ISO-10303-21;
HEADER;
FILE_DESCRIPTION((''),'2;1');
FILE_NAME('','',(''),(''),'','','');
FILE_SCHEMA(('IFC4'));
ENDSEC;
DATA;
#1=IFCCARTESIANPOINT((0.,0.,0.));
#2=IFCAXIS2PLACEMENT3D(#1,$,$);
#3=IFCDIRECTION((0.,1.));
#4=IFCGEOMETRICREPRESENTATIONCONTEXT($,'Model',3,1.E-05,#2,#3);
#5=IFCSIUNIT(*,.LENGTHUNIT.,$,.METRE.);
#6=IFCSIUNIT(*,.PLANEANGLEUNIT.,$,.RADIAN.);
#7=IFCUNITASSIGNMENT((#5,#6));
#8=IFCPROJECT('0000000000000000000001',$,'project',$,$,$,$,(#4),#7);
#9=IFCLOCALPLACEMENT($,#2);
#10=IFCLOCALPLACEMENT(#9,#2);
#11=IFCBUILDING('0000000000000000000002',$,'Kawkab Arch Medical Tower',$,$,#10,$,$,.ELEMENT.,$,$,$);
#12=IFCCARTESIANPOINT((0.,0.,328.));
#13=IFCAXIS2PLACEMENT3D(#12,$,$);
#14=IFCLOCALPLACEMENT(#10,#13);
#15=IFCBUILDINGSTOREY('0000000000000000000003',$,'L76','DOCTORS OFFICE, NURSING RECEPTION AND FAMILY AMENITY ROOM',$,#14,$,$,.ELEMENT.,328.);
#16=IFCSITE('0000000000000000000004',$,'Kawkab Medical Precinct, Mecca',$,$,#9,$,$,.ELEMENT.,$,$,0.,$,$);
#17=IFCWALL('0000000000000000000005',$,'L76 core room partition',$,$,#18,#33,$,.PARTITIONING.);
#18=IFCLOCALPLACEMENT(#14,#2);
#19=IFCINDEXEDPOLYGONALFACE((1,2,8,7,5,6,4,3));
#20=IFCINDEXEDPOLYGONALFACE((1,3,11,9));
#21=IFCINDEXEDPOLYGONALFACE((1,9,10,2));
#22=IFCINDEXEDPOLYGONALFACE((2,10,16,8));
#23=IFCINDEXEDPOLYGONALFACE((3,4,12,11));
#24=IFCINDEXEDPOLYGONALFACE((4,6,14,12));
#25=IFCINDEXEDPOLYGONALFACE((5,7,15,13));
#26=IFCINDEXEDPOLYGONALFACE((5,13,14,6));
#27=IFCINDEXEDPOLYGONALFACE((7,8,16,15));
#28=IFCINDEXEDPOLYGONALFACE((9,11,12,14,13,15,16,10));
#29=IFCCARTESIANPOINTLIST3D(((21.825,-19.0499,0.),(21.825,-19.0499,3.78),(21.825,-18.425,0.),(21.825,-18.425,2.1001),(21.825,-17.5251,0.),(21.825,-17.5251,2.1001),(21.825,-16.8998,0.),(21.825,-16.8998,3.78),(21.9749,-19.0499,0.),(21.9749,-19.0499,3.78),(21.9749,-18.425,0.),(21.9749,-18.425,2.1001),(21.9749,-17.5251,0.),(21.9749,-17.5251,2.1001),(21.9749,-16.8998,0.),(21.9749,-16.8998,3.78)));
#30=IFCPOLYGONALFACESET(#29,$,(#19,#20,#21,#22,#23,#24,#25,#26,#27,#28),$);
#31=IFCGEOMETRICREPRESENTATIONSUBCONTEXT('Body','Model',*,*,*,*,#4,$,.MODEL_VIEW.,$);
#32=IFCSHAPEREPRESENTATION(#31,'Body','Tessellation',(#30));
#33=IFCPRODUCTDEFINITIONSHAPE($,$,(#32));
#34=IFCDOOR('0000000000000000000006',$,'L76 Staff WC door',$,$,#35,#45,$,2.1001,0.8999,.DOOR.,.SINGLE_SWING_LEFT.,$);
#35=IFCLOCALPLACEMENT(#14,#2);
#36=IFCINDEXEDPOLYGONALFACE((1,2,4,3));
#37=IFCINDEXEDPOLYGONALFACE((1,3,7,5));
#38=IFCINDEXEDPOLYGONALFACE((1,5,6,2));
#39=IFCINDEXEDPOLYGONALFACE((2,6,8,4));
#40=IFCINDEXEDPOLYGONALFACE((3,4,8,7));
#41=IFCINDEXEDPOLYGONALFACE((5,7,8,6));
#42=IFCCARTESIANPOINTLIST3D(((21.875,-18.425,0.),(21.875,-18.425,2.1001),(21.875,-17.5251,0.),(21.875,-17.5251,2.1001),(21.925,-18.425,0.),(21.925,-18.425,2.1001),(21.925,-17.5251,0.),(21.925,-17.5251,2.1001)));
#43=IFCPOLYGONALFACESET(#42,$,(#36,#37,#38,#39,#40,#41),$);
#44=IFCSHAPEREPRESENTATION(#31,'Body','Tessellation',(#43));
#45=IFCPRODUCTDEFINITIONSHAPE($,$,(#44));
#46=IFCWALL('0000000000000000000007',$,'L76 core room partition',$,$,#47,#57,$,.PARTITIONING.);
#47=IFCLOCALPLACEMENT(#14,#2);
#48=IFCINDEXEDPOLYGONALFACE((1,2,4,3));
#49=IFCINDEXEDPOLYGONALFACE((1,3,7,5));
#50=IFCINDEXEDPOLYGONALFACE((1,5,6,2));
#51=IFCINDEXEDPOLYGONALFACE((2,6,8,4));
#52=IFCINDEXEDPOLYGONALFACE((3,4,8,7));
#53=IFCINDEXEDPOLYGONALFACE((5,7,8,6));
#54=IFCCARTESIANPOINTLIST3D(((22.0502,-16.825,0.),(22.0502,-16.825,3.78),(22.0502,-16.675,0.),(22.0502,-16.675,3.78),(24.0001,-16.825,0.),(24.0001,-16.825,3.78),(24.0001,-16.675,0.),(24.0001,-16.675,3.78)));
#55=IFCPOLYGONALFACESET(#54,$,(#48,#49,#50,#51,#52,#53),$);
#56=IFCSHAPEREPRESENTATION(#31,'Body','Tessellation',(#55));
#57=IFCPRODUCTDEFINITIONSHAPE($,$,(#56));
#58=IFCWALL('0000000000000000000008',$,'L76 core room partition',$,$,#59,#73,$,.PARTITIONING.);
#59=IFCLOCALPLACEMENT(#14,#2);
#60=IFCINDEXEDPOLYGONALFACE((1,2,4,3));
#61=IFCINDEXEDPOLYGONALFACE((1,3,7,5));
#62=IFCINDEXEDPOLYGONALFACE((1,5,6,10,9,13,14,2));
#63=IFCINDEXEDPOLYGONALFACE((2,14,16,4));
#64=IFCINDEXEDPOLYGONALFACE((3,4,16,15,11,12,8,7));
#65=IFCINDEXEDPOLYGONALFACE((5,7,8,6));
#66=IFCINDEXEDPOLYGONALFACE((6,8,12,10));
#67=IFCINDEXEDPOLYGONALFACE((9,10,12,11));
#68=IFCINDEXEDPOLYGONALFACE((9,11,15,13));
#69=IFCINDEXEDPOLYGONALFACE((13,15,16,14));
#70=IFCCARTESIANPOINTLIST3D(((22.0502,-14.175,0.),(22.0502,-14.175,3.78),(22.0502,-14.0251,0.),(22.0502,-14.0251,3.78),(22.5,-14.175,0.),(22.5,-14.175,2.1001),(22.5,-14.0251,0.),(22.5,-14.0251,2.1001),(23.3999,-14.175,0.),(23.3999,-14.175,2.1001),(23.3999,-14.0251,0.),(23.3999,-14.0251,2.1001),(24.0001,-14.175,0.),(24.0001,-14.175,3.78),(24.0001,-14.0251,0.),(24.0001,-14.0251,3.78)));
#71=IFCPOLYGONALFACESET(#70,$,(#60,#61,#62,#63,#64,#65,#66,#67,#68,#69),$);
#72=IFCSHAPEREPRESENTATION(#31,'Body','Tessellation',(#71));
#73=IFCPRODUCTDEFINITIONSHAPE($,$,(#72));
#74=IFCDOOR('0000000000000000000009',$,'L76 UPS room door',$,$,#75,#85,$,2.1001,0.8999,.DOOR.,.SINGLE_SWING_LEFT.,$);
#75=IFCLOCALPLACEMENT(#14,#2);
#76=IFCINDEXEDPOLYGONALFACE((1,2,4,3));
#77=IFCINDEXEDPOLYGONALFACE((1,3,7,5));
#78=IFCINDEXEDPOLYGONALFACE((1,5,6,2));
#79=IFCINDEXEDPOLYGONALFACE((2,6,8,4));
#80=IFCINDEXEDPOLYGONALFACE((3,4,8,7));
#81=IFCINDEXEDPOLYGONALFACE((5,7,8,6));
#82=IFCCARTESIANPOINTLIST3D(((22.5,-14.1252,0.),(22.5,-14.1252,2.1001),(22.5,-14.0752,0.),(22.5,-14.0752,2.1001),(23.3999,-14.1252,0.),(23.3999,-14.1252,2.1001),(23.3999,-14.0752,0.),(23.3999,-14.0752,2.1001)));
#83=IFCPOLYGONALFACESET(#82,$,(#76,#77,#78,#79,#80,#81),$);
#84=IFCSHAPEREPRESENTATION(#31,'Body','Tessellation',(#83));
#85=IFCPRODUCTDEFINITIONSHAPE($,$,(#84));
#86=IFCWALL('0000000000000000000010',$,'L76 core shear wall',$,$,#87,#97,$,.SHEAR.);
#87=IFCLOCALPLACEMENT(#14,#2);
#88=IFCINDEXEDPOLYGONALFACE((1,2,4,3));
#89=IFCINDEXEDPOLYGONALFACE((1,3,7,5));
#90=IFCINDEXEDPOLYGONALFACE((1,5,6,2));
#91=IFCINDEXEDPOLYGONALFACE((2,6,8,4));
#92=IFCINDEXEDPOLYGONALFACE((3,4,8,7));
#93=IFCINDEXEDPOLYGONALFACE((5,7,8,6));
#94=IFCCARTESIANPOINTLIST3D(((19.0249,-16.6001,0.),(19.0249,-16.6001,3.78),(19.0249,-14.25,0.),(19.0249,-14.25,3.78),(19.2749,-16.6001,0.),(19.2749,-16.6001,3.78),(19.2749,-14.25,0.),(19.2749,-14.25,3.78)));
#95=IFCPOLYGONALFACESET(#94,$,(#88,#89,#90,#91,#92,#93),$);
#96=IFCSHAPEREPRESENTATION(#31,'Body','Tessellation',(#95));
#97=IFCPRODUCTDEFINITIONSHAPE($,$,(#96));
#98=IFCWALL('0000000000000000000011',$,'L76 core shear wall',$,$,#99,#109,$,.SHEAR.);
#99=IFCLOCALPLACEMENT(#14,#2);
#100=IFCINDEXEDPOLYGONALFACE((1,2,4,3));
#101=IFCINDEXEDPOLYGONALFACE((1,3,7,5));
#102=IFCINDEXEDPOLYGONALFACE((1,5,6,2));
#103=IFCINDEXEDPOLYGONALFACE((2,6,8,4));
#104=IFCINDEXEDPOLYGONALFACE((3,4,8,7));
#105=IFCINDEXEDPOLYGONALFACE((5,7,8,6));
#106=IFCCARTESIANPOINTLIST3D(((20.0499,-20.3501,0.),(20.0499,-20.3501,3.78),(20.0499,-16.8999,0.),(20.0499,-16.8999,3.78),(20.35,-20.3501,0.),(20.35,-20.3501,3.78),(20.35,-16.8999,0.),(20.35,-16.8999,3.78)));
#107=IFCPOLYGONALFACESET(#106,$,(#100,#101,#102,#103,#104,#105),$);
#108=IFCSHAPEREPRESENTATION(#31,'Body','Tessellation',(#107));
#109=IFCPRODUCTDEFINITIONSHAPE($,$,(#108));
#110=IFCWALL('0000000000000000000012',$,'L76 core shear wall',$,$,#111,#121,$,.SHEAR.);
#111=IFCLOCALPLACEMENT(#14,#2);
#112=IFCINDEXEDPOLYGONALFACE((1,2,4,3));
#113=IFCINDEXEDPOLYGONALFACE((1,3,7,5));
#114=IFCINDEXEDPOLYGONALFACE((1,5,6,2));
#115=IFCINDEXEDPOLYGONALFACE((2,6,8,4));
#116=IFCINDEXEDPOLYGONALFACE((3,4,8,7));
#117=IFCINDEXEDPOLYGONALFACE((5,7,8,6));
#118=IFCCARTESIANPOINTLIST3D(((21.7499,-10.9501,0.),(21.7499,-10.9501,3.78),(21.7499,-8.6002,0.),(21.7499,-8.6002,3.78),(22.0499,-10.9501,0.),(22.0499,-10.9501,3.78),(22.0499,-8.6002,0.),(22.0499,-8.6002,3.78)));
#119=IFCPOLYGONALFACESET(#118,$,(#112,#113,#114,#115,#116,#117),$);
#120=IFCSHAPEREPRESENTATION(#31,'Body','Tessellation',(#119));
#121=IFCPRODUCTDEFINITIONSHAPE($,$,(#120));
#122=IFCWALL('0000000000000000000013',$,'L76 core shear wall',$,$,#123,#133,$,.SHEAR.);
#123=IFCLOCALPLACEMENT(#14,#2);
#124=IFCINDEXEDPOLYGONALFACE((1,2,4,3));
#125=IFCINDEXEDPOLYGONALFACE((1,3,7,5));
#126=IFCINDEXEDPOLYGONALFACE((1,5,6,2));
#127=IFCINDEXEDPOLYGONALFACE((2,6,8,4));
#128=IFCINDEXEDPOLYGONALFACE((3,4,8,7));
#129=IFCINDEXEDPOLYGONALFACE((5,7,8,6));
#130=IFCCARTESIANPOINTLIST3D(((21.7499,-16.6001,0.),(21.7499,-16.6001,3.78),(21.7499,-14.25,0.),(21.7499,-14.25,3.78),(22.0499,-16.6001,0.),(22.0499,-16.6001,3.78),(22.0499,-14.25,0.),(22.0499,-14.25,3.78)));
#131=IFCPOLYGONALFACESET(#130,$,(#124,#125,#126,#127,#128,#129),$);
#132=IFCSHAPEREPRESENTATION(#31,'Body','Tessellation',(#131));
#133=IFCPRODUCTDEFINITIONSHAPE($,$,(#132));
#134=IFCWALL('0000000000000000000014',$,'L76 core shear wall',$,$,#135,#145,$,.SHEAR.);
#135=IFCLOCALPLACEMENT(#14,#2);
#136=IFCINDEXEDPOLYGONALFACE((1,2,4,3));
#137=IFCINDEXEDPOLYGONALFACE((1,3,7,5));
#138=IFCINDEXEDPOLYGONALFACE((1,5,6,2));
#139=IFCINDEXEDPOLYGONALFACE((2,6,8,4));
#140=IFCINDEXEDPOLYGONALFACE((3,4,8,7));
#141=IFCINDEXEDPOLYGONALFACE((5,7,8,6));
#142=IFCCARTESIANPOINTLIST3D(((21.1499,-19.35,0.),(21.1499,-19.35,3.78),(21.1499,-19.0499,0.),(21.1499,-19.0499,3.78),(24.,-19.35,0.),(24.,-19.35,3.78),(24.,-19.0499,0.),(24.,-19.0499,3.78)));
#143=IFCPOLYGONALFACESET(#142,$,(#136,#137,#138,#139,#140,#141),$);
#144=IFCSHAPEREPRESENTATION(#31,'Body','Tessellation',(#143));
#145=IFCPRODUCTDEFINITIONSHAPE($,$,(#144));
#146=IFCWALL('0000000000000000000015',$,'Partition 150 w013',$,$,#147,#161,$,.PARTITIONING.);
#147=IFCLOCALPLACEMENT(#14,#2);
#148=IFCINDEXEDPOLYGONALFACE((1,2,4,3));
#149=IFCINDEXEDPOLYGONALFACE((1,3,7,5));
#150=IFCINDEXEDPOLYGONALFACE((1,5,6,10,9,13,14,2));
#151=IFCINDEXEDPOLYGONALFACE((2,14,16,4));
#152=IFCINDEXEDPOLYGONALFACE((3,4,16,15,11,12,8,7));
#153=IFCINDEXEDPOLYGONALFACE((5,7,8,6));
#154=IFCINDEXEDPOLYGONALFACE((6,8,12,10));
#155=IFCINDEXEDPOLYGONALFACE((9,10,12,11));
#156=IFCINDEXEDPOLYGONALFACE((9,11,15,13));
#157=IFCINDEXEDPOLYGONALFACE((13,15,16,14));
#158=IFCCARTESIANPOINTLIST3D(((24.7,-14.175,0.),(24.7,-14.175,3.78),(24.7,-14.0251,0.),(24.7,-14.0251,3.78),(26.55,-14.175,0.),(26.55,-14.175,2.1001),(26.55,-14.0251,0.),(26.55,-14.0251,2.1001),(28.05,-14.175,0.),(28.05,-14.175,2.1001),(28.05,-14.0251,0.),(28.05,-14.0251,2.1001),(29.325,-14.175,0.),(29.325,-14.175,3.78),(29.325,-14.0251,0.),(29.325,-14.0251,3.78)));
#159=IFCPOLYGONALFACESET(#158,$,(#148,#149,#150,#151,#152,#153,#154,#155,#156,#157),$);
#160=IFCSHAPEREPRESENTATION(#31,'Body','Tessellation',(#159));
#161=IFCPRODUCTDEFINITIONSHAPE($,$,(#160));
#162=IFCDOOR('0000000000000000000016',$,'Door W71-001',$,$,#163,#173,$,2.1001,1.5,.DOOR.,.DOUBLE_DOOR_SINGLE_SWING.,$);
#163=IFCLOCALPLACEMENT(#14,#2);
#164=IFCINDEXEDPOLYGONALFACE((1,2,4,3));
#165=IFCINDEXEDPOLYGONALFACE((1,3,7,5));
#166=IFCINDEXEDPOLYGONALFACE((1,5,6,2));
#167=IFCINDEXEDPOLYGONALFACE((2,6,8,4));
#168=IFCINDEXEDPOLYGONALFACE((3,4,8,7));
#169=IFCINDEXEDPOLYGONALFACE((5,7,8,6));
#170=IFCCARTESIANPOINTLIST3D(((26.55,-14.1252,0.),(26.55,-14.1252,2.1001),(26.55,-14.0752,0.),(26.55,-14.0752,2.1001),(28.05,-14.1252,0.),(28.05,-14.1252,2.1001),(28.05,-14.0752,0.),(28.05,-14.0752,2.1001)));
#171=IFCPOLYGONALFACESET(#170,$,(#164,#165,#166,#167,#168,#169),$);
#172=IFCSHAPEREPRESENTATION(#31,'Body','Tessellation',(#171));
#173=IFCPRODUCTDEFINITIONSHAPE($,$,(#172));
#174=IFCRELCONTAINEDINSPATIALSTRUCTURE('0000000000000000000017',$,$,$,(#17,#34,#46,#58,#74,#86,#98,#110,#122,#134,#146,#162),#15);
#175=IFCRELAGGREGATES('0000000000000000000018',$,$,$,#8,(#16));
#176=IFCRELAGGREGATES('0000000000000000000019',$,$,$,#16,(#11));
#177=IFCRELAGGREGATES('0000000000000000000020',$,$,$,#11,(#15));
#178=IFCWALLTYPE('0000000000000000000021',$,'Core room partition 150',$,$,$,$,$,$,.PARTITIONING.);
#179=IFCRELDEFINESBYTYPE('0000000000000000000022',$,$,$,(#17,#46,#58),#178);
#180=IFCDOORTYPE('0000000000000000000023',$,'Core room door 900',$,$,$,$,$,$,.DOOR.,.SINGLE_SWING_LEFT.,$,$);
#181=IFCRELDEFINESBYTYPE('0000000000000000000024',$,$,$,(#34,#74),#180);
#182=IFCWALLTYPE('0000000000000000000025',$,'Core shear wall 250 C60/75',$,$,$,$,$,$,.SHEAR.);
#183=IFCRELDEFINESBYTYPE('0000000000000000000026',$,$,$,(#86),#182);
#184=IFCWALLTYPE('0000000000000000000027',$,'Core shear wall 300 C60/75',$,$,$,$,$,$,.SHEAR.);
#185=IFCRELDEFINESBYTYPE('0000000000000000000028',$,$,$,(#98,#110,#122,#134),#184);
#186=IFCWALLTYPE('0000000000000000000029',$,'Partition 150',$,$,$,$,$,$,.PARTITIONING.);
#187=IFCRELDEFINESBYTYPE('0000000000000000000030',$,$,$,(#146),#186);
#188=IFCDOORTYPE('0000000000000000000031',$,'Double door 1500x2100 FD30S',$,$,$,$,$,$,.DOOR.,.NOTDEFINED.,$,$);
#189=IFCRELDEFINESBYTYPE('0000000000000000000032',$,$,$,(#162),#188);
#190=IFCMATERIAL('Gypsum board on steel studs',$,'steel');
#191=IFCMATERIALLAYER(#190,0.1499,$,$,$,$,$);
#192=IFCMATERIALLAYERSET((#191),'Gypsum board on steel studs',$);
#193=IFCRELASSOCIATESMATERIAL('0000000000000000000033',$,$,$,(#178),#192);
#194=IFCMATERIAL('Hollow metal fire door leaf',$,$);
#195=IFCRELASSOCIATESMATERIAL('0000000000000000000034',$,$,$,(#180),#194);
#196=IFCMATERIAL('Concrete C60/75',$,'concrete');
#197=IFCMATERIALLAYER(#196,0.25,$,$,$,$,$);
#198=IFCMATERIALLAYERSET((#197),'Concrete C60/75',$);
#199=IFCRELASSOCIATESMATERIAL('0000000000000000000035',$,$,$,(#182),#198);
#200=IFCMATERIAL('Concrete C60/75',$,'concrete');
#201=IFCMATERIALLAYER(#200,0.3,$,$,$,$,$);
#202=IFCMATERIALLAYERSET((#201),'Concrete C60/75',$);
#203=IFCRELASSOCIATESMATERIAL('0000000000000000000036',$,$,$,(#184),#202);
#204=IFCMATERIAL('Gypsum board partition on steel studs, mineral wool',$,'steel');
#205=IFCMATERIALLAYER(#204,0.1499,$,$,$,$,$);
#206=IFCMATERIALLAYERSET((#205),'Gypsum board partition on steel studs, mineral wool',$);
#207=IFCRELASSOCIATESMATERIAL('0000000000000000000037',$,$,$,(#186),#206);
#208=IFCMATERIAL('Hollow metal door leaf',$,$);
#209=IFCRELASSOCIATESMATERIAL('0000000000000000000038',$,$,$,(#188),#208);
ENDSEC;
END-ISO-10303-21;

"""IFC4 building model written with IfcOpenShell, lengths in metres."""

from ifc_helpers import new_model, si_unit, direction, frame, frame_2d, origin, place, context, subcontext, project, spatial, rectangle, extrude, material, layer, layer_set, type_object, element, fill, save


model = new_model("IFC4")

# Units and contexts
model_context = context("Model", 3, precision=1e-05, world=origin(), true_north=direction((0.0, 1.0)))
body_context = subcontext(model_context, "Body", "Model", "MODEL_VIEW")
ifc_project = project(units=[si_unit("LENGTHUNIT", "METRE"), si_unit("PLANEANGLEUNIT", "RADIAN")], contexts=[model_context])

# Site, building, storey
site_placement = place(None, origin())
site = spatial("IfcSite", under=ifc_project, at=site_placement, Name="Kawkab Medical Precinct, Mecca", CompositionType="ELEMENT", RefElevation=0.0)
building_placement = place(site_placement, origin())
building = spatial("IfcBuilding", under=site, at=building_placement, Name="Kawkab Arch Medical Tower", CompositionType="ELEMENT")
storey_placement = place(building_placement, frame((0.0, 0.0, 328.0)))
storey = spatial("IfcBuildingStorey", under=building, at=storey_placement, Name="L76", Description="DOCTORS OFFICE, NURSING RECEPTION AND FAMILY AMENITY ROOM", CompositionType="ELEMENT", Elevation=328.0)

# Wall, opening, door
ifc_material_1 = material(Name="Gypsum board on steel studs", Category="steel")
ifc_layer_1 = layer(ifc_material_1, 0.1499)
ifc_layer_set_1 = layer_set([ifc_layer_1], Name="Gypsum board on steel studs")
wall_type_1 = type_object("IfcWallType", Name="Core room partition 150", PredefinedType="PARTITIONING", material=ifc_layer_set_1)
wall_1_placement = place(storey_placement, frame((21.8999, -19.05, 0.0), z_axis=(0.0, 0.0, 1.0), x_axis=(0.0, 1.0, 0.0)))
wall_1 = element("IfcWall", 1, at=wall_1_placement, inside=storey, type_object=wall_type_1, Name="L76 core room partition", PredefinedType="PARTITIONING", context=body_context, shape_type="SweptSolid", body=[
    extrude(rectangle(XDim=2.1501, YDim=0.1499, at=frame_2d((1.0752, 0.0))), origin(), (0.0, 0.0, 1.0), 3.78),
])
opening_1_placement = place(wall_1_placement, frame((0.625, 0.0, 0.0)))
opening_1 = element("IfcOpeningElement", 2, at=opening_1_placement, cuts=wall_1, PredefinedType="OPENING", context=body_context, shape_type="SweptSolid", body=[
    extrude(rectangle(XDim=0.8999, YDim=2.1001, at=frame_2d((0.45, 1.05))), frame((0.0, 0.085, 0.0), z_axis=(0.0, -1.0, 0.0), x_axis=(1.0, 0.0, 0.0)), (0.0, 0.0, 1.0), 0.1699),
])
ifc_material_2 = material(Name="Hollow metal fire door leaf")
door_type_1 = type_object("IfcDoorType", Name="Core room door 900", OperationType="SINGLE_SWING_LEFT", PredefinedType="DOOR", material=ifc_material_2)
door_1_placement = place(opening_1_placement, origin())
door_1 = element("IfcDoor", 3, at=door_1_placement, inside=storey, type_object=door_type_1, Name="L76 Staff WC door", OperationType="SINGLE_SWING_LEFT", OverallHeight=2.1001, OverallWidth=0.8999, PredefinedType="DOOR", context=body_context, shape_type="SweptSolid", body=[
    extrude(rectangle(XDim=0.8999, YDim=2.1001, at=frame_2d((0.45, 1.05))), frame((0.0, 0.0249, 0.0), z_axis=(0.0, -1.0, 0.0), x_axis=(1.0, 0.0, 0.0)), (0.0, 0.0, 1.0), 0.05),
])
fill(opening_1, door_1)

# Wall
wall_2_placement = place(storey_placement, frame((22.05, -16.75, 0.0), z_axis=(0.0, 0.0, 1.0), x_axis=(1.0, 0.0, 0.0)))
element("IfcWall", 4, at=wall_2_placement, inside=storey, type_object=wall_type_1, Name="L76 core room partition", PredefinedType="PARTITIONING", context=body_context, shape_type="SweptSolid", body=[
    extrude(rectangle(XDim=1.95, YDim=0.1499, at=frame_2d((0.9751, 0.0))), origin(), (0.0, 0.0, 1.0), 3.78),
])

# Wall, opening, door
wall_3_placement = place(storey_placement, frame((22.05, -14.1001, 0.0), z_axis=(0.0, 0.0, 1.0), x_axis=(1.0, 0.0, 0.0)))
wall_3 = element("IfcWall", 5, at=wall_3_placement, inside=storey, type_object=wall_type_1, Name="L76 core room partition", PredefinedType="PARTITIONING", context=body_context, shape_type="SweptSolid", body=[
    extrude(rectangle(XDim=1.95, YDim=0.1499, at=frame_2d((0.9751, 0.0))), origin(), (0.0, 0.0, 1.0), 3.78),
])
opening_2_placement = place(wall_3_placement, frame((0.45, 0.0, 0.0)))
opening_2 = element("IfcOpeningElement", 6, at=opening_2_placement, cuts=wall_3, PredefinedType="OPENING", context=body_context, shape_type="SweptSolid", body=[
    extrude(rectangle(XDim=0.8999, YDim=2.1001, at=frame_2d((0.45, 1.05))), frame((0.0, 0.085, 0.0), z_axis=(0.0, -1.0, 0.0), x_axis=(1.0, 0.0, 0.0)), (0.0, 0.0, 1.0), 0.1699),
])
door_2_placement = place(opening_2_placement, origin())
door_2 = element("IfcDoor", 7, at=door_2_placement, inside=storey, type_object=door_type_1, Name="L76 UPS room door", OperationType="SINGLE_SWING_LEFT", OverallHeight=2.1001, OverallWidth=0.8999, PredefinedType="DOOR", context=body_context, shape_type="SweptSolid", body=[
    extrude(rectangle(XDim=0.8999, YDim=2.1001, at=frame_2d((0.45, 1.05))), frame((0.0, 0.0249, 0.0), z_axis=(0.0, -1.0, 0.0), x_axis=(1.0, 0.0, 0.0)), (0.0, 0.0, 1.0), 0.05),
])
fill(opening_2, door_2)

# Walls
ifc_material_3 = material(Name="Concrete C60/75", Category="concrete")
ifc_layer_2 = layer(ifc_material_3, 0.25)
ifc_layer_set_2 = layer_set([ifc_layer_2], Name="Concrete C60/75")
wall_type_2 = type_object("IfcWallType", Name="Core shear wall 250 C60/75", PredefinedType="SHEAR", material=ifc_layer_set_2)
wall_4_placement = place(storey_placement, frame((19.1499, -16.6001, 0.0), z_axis=(0.0, 0.0, 1.0), x_axis=(0.0, 1.0, 0.0)))
element("IfcWall", 8, at=wall_4_placement, inside=storey, type_object=wall_type_2, Name="L76 core shear wall", PredefinedType="SHEAR", context=body_context, shape_type="SweptSolid", body=[
    extrude(rectangle(XDim=2.3501, YDim=0.25, at=frame_2d((1.175, 0.0))), origin(), (0.0, 0.0, 1.0), 3.78),
])
ifc_material_4 = material(Name="Concrete C60/75", Category="concrete")
ifc_layer_3 = layer(ifc_material_4, 0.3)
ifc_layer_set_3 = layer_set([ifc_layer_3], Name="Concrete C60/75")
wall_type_3 = type_object("IfcWallType", Name="Core shear wall 300 C60/75", PredefinedType="SHEAR", material=ifc_layer_set_3)
wall_5_placement = place(storey_placement, frame((20.2, -20.3501, 0.0), z_axis=(0.0, 0.0, 1.0), x_axis=(0.0, 1.0, 0.0)))
element("IfcWall", 9, at=wall_5_placement, inside=storey, type_object=wall_type_3, Name="L76 core shear wall", PredefinedType="SHEAR", context=body_context, shape_type="SweptSolid", body=[
    extrude(rectangle(XDim=3.4502, YDim=0.3, at=frame_2d((1.7251, 0.0))), origin(), (0.0, 0.0, 1.0), 3.78),
])
wall_6_placement = place(storey_placement, frame((21.8999, -10.95, 0.0), z_axis=(0.0, 0.0, 1.0), x_axis=(0.0, 1.0, 0.0)))
element("IfcWall", 10, at=wall_6_placement, inside=storey, type_object=wall_type_3, Name="L76 core shear wall", PredefinedType="SHEAR", context=body_context, shape_type="SweptSolid", body=[
    extrude(rectangle(XDim=2.3499, YDim=0.3, at=frame_2d((1.1748, 0.0))), origin(), (0.0, 0.0, 1.0), 3.78),
])
wall_7_placement = place(storey_placement, frame((21.8999, -16.6001, 0.0), z_axis=(0.0, 0.0, 1.0), x_axis=(0.0, 1.0, 0.0)))
element("IfcWall", 11, at=wall_7_placement, inside=storey, type_object=wall_type_3, Name="L76 core shear wall", PredefinedType="SHEAR", context=body_context, shape_type="SweptSolid", body=[
    extrude(rectangle(XDim=2.3501, YDim=0.3, at=frame_2d((1.175, 0.0))), origin(), (0.0, 0.0, 1.0), 3.78),
])
wall_8_placement = place(storey_placement, frame((21.1499, -19.2, 0.0), z_axis=(0.0, 0.0, 1.0), x_axis=(1.0, 0.0, 0.0)))
element("IfcWall", 12, at=wall_8_placement, inside=storey, type_object=wall_type_3, Name="L76 core shear wall", PredefinedType="SHEAR", context=body_context, shape_type="SweptSolid", body=[
    extrude(rectangle(XDim=2.8501, YDim=0.3, at=frame_2d((1.425, 0.0))), origin(), (0.0, 0.0, 1.0), 3.78),
])

# Wall, opening, door
ifc_material_5 = material(Name="Gypsum board partition on steel studs, mineral wool", Category="steel")
ifc_layer_4 = layer(ifc_material_5, 0.1499)
ifc_layer_set_4 = layer_set([ifc_layer_4], Name="Gypsum board partition on steel studs, mineral wool")
wall_type_4 = type_object("IfcWallType", Name="Partition 150", PredefinedType="PARTITIONING", material=ifc_layer_set_4)
wall_9_placement = place(storey_placement, frame((24.7, -14.1001, 0.0), z_axis=(0.0, 0.0, 1.0), x_axis=(1.0, 0.0, 0.0)))
wall_9 = element("IfcWall", 13, at=wall_9_placement, inside=storey, type_object=wall_type_4, Name="Partition 150 w013", PredefinedType="PARTITIONING", context=body_context, shape_type="SweptSolid", body=[
    extrude(rectangle(XDim=4.625, YDim=0.1499, at=frame_2d((2.3125, 0.0))), origin(), (0.0, 0.0, 1.0), 3.78),
])
opening_3_placement = place(wall_9_placement, frame((1.8501, 0.0, 0.0)))
opening_3 = element("IfcOpeningElement", 14, at=opening_3_placement, cuts=wall_9, PredefinedType="OPENING", context=body_context, shape_type="SweptSolid", body=[
    extrude(rectangle(XDim=1.5, YDim=2.1001, at=frame_2d((0.75, 1.05))), frame((0.0, 0.085, 0.0), z_axis=(0.0, -1.0, 0.0), x_axis=(1.0, 0.0, 0.0)), (0.0, 0.0, 1.0), 0.1699),
])
ifc_material_6 = material(Name="Hollow metal door leaf")
door_type_2 = type_object("IfcDoorType", Name="Double door 1500x2100 FD30S", OperationType="NOTDEFINED", PredefinedType="DOOR", material=ifc_material_6)
door_3_placement = place(opening_3_placement, origin())
door_3 = element("IfcDoor", 15, at=door_3_placement, inside=storey, type_object=door_type_2, Name="Door W71-001", OperationType="DOUBLE_DOOR_SINGLE_SWING", OverallHeight=2.1001, OverallWidth=1.5, PredefinedType="DOOR", context=body_context, shape_type="SweptSolid", body=[
    extrude(rectangle(XDim=1.5, YDim=2.1001, at=frame_2d((0.75, 1.05))), frame((0.0, 0.0249, 0.0), z_axis=(0.0, -1.0, 0.0), x_axis=(1.0, 0.0, 0.0)), (0.0, 0.0, 1.0), 0.05),
])
fill(opening_3, door_3)

save(model, "model.ifc")
